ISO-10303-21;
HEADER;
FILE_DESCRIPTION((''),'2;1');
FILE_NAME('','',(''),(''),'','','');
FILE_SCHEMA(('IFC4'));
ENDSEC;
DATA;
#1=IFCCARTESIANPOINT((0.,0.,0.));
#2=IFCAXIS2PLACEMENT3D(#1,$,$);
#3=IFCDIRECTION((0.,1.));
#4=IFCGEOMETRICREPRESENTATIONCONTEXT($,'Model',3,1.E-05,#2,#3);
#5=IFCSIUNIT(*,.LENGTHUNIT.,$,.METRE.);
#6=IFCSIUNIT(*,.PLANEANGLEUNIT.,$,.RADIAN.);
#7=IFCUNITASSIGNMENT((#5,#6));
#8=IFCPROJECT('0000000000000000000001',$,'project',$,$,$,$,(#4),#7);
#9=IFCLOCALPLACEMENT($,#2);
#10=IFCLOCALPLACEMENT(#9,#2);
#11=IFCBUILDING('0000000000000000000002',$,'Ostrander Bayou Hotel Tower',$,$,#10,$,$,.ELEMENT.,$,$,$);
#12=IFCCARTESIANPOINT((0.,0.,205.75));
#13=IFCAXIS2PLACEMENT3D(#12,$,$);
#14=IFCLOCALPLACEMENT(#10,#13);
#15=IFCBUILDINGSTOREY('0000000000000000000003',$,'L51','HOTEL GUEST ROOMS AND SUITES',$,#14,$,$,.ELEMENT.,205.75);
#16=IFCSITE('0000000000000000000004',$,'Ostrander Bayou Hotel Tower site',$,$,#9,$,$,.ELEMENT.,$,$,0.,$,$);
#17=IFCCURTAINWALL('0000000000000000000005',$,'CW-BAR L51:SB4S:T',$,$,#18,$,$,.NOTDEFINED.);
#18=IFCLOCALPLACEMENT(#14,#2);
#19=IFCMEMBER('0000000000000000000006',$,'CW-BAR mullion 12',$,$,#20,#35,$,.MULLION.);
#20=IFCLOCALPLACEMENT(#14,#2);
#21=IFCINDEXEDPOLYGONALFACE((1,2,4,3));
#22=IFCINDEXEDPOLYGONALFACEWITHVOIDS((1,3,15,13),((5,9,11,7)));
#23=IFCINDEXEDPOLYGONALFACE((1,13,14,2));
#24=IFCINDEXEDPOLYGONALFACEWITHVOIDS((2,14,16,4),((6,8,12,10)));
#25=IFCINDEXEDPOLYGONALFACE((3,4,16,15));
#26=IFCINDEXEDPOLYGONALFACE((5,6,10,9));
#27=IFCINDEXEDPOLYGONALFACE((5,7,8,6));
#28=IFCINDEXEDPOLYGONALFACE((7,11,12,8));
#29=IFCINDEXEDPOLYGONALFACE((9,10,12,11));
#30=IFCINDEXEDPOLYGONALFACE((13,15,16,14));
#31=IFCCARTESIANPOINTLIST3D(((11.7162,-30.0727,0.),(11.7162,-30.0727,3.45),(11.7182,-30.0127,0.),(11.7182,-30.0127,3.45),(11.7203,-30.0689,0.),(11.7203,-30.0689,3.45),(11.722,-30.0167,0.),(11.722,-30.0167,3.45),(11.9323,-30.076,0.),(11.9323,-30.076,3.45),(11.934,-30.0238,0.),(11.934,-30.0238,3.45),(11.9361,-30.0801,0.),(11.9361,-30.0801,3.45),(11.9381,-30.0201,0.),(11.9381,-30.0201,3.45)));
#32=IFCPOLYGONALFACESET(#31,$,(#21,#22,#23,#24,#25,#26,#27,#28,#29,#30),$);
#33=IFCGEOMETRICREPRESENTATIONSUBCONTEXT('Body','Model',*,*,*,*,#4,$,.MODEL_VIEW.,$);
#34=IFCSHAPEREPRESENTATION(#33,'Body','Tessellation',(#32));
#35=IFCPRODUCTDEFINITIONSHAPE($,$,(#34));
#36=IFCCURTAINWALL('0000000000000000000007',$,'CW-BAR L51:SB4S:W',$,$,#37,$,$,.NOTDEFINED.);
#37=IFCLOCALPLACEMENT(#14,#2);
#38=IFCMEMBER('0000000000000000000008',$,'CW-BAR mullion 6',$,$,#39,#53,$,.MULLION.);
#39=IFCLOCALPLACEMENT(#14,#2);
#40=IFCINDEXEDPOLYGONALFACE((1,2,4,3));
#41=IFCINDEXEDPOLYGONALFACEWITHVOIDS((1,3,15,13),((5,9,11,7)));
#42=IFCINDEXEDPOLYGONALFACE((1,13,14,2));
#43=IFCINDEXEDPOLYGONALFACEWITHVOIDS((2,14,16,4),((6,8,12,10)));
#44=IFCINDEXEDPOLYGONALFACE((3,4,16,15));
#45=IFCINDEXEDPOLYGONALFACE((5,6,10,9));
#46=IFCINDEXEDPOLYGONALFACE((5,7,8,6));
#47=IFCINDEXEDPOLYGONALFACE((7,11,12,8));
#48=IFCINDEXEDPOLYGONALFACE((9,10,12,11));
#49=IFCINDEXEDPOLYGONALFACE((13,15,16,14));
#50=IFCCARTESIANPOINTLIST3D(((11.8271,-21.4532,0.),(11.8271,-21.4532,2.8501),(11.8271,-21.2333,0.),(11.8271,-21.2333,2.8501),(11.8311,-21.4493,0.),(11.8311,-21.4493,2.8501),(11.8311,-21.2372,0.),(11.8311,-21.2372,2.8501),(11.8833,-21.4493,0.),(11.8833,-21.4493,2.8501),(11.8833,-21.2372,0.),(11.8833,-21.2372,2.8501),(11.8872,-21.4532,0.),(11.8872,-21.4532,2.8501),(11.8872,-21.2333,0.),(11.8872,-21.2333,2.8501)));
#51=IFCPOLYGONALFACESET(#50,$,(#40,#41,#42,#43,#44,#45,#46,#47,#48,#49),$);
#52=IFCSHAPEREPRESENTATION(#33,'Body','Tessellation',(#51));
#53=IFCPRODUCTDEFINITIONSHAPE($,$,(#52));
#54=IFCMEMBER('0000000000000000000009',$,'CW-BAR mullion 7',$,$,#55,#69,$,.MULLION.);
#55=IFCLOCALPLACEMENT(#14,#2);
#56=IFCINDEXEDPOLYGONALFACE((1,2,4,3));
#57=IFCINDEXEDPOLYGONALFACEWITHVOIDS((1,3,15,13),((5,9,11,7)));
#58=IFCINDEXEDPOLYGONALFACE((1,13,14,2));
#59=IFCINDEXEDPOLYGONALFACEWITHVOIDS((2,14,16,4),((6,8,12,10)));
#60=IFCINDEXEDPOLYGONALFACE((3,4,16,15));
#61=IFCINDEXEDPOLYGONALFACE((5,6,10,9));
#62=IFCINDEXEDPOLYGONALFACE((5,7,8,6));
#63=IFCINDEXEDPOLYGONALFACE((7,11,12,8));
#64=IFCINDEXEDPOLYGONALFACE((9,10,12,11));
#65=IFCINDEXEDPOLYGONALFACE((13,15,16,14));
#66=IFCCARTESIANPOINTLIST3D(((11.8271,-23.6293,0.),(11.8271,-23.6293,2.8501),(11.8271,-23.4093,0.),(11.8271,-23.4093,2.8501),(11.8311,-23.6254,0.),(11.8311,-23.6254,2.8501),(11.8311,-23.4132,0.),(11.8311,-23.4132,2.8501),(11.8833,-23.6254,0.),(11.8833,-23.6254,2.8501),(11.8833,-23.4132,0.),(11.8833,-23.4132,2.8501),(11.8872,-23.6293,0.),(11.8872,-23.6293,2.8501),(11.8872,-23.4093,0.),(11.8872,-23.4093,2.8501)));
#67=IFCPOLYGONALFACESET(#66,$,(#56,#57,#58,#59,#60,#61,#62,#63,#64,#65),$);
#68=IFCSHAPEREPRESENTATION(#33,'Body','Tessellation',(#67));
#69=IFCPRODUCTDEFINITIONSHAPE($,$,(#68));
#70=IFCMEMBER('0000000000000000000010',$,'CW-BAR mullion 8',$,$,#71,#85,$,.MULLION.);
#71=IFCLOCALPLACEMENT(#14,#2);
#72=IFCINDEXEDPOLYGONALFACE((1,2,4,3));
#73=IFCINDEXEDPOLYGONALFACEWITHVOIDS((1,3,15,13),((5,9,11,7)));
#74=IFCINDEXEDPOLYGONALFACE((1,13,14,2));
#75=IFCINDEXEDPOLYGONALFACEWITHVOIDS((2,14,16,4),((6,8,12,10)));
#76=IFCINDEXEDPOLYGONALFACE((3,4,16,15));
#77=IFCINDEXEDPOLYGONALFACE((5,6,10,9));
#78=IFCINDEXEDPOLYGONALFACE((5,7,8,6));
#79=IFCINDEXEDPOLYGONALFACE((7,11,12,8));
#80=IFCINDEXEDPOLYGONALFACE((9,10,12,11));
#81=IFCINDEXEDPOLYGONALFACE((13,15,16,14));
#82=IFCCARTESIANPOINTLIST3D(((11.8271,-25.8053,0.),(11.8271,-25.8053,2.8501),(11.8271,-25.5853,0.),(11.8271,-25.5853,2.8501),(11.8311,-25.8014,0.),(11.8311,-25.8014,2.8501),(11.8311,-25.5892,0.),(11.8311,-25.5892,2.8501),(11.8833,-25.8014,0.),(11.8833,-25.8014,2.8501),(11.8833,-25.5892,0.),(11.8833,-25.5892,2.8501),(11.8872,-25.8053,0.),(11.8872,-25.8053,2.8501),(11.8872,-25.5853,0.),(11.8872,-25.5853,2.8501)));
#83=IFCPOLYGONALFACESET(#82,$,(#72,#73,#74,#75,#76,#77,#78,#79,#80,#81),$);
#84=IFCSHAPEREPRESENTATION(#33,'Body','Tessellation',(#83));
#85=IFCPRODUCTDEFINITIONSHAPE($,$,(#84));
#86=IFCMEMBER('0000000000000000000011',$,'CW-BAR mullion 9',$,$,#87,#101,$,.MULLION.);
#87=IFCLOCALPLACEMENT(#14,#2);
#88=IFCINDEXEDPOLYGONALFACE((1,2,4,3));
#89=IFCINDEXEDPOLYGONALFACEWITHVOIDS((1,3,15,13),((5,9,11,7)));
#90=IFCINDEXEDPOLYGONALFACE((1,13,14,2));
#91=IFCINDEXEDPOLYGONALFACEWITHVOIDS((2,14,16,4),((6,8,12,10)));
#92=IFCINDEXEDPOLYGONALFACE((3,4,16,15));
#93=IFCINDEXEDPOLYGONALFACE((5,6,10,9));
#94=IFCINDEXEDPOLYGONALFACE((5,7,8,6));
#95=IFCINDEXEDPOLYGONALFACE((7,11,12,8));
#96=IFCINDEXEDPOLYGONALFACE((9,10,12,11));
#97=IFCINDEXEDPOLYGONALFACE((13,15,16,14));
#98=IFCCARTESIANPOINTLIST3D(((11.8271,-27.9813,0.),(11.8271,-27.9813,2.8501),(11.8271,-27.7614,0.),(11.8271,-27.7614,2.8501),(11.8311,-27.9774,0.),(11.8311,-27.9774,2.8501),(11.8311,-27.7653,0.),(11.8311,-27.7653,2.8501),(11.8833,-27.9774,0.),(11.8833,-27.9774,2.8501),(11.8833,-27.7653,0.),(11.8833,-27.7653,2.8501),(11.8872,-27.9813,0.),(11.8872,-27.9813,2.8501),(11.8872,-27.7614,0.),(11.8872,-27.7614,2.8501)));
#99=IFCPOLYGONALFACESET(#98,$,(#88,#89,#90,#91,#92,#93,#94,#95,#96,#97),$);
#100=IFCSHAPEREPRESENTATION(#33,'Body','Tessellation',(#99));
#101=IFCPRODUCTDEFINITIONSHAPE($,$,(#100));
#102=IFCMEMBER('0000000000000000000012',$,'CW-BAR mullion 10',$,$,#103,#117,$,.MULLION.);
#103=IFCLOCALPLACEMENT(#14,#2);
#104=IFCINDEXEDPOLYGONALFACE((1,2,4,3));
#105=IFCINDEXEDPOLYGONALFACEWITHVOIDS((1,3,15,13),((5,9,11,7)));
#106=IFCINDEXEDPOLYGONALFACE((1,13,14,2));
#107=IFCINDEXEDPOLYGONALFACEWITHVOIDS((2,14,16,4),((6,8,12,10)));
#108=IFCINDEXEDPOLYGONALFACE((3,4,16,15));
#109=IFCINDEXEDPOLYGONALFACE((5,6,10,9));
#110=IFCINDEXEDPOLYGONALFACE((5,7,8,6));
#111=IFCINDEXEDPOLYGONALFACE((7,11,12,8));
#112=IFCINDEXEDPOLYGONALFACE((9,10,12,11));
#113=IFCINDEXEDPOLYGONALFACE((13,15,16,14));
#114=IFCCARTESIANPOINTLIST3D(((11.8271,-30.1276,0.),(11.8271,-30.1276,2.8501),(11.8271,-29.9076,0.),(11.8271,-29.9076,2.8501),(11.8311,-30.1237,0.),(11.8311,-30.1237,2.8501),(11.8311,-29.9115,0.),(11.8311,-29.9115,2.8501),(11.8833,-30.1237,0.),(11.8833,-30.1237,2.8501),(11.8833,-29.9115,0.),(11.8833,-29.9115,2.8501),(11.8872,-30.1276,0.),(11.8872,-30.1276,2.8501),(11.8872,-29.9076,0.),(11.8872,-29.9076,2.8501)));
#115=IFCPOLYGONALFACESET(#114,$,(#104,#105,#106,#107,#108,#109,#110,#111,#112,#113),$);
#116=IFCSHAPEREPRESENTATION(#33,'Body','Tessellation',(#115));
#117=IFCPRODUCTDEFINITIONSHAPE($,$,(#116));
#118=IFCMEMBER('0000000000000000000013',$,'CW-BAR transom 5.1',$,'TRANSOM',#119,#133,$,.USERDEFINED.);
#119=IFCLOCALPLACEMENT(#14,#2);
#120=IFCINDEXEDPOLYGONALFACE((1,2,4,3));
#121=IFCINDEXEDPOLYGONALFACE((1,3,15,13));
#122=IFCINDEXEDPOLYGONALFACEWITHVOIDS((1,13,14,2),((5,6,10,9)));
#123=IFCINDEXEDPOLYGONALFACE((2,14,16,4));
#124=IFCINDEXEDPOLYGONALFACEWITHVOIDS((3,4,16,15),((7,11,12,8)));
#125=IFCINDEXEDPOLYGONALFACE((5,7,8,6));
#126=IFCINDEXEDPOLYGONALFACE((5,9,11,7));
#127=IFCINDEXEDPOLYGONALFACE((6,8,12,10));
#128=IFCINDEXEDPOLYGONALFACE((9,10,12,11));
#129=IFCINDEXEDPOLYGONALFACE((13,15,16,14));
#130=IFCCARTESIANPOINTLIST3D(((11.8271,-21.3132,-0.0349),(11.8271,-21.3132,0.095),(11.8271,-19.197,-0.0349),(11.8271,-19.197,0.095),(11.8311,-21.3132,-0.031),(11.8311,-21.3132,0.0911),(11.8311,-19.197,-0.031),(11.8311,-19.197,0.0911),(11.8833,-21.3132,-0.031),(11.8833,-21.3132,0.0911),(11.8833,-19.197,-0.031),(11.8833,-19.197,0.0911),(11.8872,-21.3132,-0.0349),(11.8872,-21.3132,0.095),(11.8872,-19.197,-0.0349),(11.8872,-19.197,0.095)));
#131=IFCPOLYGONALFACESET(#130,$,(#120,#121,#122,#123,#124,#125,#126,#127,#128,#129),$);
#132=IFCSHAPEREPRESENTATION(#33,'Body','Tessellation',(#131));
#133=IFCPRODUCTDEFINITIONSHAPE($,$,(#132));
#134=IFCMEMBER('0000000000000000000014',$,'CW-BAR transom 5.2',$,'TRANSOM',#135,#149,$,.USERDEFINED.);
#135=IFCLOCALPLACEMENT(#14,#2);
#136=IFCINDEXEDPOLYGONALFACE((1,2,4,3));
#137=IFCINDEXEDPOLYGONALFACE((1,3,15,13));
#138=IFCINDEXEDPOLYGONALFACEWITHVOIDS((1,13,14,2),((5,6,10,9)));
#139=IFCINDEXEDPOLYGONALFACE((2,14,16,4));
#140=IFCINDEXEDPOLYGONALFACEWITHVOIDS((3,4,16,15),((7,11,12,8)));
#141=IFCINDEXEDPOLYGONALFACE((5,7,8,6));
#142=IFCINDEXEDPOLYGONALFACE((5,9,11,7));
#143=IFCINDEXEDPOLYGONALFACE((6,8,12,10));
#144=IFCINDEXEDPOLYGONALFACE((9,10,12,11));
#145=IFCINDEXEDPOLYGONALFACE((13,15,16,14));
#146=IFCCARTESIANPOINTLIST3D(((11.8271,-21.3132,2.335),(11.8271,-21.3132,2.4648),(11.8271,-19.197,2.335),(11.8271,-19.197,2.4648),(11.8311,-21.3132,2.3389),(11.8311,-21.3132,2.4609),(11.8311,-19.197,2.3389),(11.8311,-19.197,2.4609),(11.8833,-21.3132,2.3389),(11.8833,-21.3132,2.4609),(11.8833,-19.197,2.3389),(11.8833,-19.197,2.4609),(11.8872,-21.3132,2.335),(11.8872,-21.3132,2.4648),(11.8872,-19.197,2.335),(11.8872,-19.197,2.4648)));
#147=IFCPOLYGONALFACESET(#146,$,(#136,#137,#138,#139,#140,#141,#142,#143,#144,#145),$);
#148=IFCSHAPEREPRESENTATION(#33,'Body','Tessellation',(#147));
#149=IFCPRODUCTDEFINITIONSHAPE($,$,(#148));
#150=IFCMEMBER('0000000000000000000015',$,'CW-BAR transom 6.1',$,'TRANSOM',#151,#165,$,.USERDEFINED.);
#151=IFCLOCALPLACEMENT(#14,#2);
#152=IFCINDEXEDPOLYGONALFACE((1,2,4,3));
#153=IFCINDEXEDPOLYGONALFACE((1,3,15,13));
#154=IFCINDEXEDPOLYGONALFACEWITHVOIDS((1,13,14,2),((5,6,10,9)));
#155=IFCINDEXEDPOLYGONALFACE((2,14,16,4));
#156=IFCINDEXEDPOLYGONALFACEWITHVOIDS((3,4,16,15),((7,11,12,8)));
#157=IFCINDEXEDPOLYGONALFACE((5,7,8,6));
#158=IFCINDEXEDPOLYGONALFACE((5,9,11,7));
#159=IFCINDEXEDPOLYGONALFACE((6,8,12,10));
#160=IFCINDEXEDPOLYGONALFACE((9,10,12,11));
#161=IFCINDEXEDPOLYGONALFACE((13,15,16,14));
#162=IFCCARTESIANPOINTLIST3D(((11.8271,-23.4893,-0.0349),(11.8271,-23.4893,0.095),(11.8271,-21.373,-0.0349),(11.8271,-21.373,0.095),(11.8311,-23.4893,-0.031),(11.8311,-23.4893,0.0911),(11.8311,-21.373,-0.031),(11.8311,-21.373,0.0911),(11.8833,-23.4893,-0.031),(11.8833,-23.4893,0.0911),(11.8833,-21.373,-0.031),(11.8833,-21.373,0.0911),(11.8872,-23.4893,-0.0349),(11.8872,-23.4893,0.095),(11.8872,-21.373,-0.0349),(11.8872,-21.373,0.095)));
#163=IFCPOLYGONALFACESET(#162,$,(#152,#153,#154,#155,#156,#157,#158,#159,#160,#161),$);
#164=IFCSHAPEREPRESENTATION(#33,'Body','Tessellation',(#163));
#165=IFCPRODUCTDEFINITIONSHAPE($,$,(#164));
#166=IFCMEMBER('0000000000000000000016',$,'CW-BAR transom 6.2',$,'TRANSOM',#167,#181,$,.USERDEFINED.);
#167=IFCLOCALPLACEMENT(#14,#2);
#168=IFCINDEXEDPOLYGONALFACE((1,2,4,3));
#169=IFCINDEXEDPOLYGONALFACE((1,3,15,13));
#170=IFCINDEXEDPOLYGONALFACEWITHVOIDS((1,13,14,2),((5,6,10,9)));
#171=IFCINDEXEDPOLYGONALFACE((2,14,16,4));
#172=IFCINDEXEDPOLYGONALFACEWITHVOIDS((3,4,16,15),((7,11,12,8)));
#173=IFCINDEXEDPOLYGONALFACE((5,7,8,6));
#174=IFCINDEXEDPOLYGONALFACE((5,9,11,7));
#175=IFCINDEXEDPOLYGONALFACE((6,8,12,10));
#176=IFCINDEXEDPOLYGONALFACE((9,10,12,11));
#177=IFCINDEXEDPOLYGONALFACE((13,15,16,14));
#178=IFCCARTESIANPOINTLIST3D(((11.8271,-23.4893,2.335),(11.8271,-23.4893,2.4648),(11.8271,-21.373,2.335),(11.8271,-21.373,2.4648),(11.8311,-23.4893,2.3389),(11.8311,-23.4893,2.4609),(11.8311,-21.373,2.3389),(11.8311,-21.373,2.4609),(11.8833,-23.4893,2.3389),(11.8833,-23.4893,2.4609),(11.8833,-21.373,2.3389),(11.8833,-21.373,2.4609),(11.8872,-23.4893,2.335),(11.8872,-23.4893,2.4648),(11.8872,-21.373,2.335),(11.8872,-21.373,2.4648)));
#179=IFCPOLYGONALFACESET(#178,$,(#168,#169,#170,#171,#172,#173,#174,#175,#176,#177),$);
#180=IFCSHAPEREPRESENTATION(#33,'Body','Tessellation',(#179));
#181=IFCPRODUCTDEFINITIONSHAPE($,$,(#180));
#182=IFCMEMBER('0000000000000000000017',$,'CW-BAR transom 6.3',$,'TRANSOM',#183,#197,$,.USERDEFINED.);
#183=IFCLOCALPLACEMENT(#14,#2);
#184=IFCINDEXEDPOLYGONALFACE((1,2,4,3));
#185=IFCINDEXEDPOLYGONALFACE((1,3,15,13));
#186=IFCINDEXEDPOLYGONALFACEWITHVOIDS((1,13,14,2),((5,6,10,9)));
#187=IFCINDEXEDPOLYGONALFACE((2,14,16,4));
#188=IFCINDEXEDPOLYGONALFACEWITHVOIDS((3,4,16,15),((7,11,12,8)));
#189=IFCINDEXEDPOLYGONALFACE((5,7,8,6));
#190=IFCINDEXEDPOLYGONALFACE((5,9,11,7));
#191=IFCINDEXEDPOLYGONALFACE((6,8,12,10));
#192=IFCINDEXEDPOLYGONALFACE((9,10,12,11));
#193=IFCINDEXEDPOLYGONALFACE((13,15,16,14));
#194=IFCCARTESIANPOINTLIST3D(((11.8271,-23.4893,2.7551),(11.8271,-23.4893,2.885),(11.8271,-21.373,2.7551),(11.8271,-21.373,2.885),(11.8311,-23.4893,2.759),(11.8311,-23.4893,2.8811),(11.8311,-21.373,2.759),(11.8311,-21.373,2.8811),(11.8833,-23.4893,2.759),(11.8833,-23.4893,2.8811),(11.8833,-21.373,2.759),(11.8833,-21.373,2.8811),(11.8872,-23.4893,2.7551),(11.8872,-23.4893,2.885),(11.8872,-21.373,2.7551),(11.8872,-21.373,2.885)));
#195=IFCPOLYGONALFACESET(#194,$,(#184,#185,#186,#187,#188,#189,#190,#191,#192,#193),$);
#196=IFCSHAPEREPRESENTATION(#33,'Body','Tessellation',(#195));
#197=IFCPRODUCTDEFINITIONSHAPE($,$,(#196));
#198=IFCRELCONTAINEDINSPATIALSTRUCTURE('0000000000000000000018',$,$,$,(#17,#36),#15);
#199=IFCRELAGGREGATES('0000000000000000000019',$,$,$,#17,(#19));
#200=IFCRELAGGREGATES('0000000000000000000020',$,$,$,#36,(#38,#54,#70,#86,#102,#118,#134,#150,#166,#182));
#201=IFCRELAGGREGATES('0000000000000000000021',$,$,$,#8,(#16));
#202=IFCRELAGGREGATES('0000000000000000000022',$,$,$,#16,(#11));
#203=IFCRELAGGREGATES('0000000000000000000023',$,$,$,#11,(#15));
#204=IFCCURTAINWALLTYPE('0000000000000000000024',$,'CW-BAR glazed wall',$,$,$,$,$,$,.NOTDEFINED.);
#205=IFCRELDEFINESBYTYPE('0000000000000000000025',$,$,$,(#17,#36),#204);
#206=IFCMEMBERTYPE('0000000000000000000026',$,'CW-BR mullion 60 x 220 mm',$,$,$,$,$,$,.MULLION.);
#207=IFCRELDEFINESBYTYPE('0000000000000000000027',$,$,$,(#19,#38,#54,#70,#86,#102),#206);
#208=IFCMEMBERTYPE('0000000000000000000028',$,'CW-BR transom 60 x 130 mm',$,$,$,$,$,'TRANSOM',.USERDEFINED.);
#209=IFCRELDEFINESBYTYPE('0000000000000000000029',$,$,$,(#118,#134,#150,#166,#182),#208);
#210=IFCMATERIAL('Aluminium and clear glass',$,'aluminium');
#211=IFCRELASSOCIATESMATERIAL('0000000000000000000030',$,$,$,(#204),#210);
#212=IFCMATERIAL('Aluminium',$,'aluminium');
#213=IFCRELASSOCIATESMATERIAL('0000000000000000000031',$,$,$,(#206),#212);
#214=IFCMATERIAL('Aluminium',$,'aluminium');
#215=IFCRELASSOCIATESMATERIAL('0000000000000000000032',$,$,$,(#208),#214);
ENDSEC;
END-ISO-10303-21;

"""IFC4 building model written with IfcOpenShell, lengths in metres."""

from ifc_helpers import new_model, si_unit, direction, frame, origin, origin_2d, place, context, subcontext, project, spatial, hollow_rectangle, extrude, material, material_profile, profile_set, type_object, element, aggregate, save


model = new_model("IFC4")

# Units and contexts
model_context = context("Model", 3, precision=1e-05, world=origin(), true_north=direction((0.0, 1.0)))
body_context = subcontext(model_context, "Body", "Model", "MODEL_VIEW")
ifc_project = project(units=[si_unit("LENGTHUNIT", "METRE"), si_unit("PLANEANGLEUNIT", "RADIAN")], contexts=[model_context])

# Site, building, storey
site_placement = place(None, origin())
site = spatial("IfcSite", under=ifc_project, at=site_placement, Name="Ostrander Bayou Hotel Tower site", CompositionType="ELEMENT", RefElevation=0.0)
building_placement = place(site_placement, origin())
building = spatial("IfcBuilding", under=site, at=building_placement, Name="Ostrander Bayou Hotel Tower", CompositionType="ELEMENT")
storey_placement = place(building_placement, frame((0.0, 0.0, 205.75)))
storey = spatial("IfcBuildingStorey", under=building, at=storey_placement, Name="L51", Description="HOTEL GUEST ROOMS AND SUITES", CompositionType="ELEMENT", Elevation=205.75)

# Curtain wall, member
ifc_material_1 = material(Name="Aluminium and clear glass", Category="aluminium")
curtain_wall_type = type_object("IfcCurtainWallType", Name="CW-BAR glazed wall", PredefinedType="NOTDEFINED", material=ifc_material_1)
curtain_wall_1_placement = place(storey_placement, origin())
curtain_wall_1 = element("IfcCurtainWall", 1, at=curtain_wall_1_placement, inside=storey, type_object=curtain_wall_type, Name="CW-BAR L51:SB4S:T", PredefinedType="NOTDEFINED")
ifc_material_2 = material(Name="Aluminium", Category="aluminium")
ifc_material_profile_1 = material_profile(ifc_material_2, hollow_rectangle(XDim=0.0601, YDim=0.22, WallThickness=0.0039, at=origin_2d()))
ifc_profile_set_1 = profile_set([ifc_material_profile_1], Name="Aluminium")
member_type_1 = type_object("IfcMemberType", Name="CW-BR mullion 60 x 220 mm", PredefinedType="MULLION", material=ifc_profile_set_1)
member_1_placement = place(storey_placement, frame((11.8271, -30.0464, 0.0), z_axis=(0.0, 0.0, 1.0), x_axis=(0.033505, 0.999439, 0.0)))
member_1 = element("IfcMember", 2, at=member_1_placement, type_object=member_type_1, Name="CW-BAR mullion 12", PredefinedType="MULLION", context=body_context, shape_type="SweptSolid", body=[
    extrude(hollow_rectangle(XDim=0.0601, YDim=0.22, WallThickness=0.0039, at=origin_2d()), origin(), (0.0, 0.0, 1.0), 3.45),
])

# Curtain wall, members
curtain_wall_2_placement = place(storey_placement, origin())
curtain_wall_2 = element("IfcCurtainWall", 3, at=curtain_wall_2_placement, inside=storey, type_object=curtain_wall_type, Name="CW-BAR L51:SB4S:W", PredefinedType="NOTDEFINED")
member_2_placement = place(storey_placement, frame((11.8572, -21.3433, 0.0), z_axis=(0.0, 0.0, 1.0), x_axis=(1.0, 0.0, 0.0)))
member_2 = element("IfcMember", 4, at=member_2_placement, type_object=member_type_1, Name="CW-BAR mullion 6", PredefinedType="MULLION", context=body_context, shape_type="SweptSolid", body=[
    extrude(hollow_rectangle(XDim=0.0601, YDim=0.22, WallThickness=0.0039, at=origin_2d()), origin(), (0.0, 0.0, 1.0), 2.8501),
])
member_3_placement = place(storey_placement, frame((11.8572, -23.5193, 0.0), z_axis=(0.0, 0.0, 1.0), x_axis=(1.0, 0.0, 0.0)))
member_3 = element("IfcMember", 5, at=member_3_placement, type_object=member_type_1, Name="CW-BAR mullion 7", PredefinedType="MULLION", context=body_context, shape_type="SweptSolid", body=[
    extrude(hollow_rectangle(XDim=0.0601, YDim=0.22, WallThickness=0.0039, at=origin_2d()), origin(), (0.0, 0.0, 1.0), 2.8501),
])
member_4_placement = place(storey_placement, frame((11.8572, -25.6953, 0.0), z_axis=(0.0, 0.0, 1.0), x_axis=(1.0, 0.0, 0.0)))
member_4 = element("IfcMember", 6, at=member_4_placement, type_object=member_type_1, Name="CW-BAR mullion 8", PredefinedType="MULLION", context=body_context, shape_type="SweptSolid", body=[
    extrude(hollow_rectangle(XDim=0.0601, YDim=0.22, WallThickness=0.0039, at=origin_2d()), origin(), (0.0, 0.0, 1.0), 2.8501),
])
member_5_placement = place(storey_placement, frame((11.8572, -27.8713, 0.0), z_axis=(0.0, 0.0, 1.0), x_axis=(1.0, 0.0, 0.0)))
member_5 = element("IfcMember", 7, at=member_5_placement, type_object=member_type_1, Name="CW-BAR mullion 9", PredefinedType="MULLION", context=body_context, shape_type="SweptSolid", body=[
    extrude(hollow_rectangle(XDim=0.0601, YDim=0.22, WallThickness=0.0039, at=origin_2d()), origin(), (0.0, 0.0, 1.0), 2.8501),
])
member_6_placement = place(storey_placement, frame((11.8572, -30.0176, 0.0), z_axis=(0.0, 0.0, 1.0), x_axis=(1.0, 0.0, 0.0)))
member_6 = element("IfcMember", 8, at=member_6_placement, type_object=member_type_1, Name="CW-BAR mullion 10", PredefinedType="MULLION", context=body_context, shape_type="SweptSolid", body=[
    extrude(hollow_rectangle(XDim=0.0601, YDim=0.22, WallThickness=0.0039, at=origin_2d()), origin(), (0.0, 0.0, 1.0), 2.8501),
])
ifc_material_3 = material(Name="Aluminium", Category="aluminium")
ifc_material_profile_2 = material_profile(ifc_material_3, hollow_rectangle(XDim=0.0601, YDim=0.1299, WallThickness=0.0039, at=origin_2d()))
ifc_profile_set_2 = profile_set([ifc_material_profile_2], Name="Aluminium")
member_type_2 = type_object("IfcMemberType", Name="CW-BR transom 60 x 130 mm", ElementType="TRANSOM", PredefinedType="USERDEFINED", material=ifc_profile_set_2)
member_7_placement = place(storey_placement, frame((11.8572, -19.197, 0.03), z_axis=(0.0, -1.0, 0.0), x_axis=(1.0, 0.0, 0.0)))
member_7 = element("IfcMember", 9, at=member_7_placement, type_object=member_type_2, Name="CW-BAR transom 5.1", ObjectType="TRANSOM", PredefinedType="USERDEFINED", context=body_context, shape_type="SweptSolid", body=[
    extrude(hollow_rectangle(XDim=0.0601, YDim=0.1299, WallThickness=0.0039, at=origin_2d()), origin(), (0.0, 0.0, 1.0), 2.1162),
])
member_8_placement = place(storey_placement, frame((11.8572, -19.197, 2.3999), z_axis=(0.0, -1.0, 0.0), x_axis=(1.0, 0.0, 0.0)))
member_8 = element("IfcMember", 10, at=member_8_placement, type_object=member_type_2, Name="CW-BAR transom 5.2", ObjectType="TRANSOM", PredefinedType="USERDEFINED", context=body_context, shape_type="SweptSolid", body=[
    extrude(hollow_rectangle(XDim=0.0601, YDim=0.1299, WallThickness=0.0039, at=origin_2d()), origin(), (0.0, 0.0, 1.0), 2.1162),
])
member_9_placement = place(storey_placement, frame((11.8572, -21.373, 0.03), z_axis=(0.0, -1.0, 0.0), x_axis=(1.0, 0.0, 0.0)))
member_9 = element("IfcMember", 11, at=member_9_placement, type_object=member_type_2, Name="CW-BAR transom 6.1", ObjectType="TRANSOM", PredefinedType="USERDEFINED", context=body_context, shape_type="SweptSolid", body=[
    extrude(hollow_rectangle(XDim=0.0601, YDim=0.1299, WallThickness=0.0039, at=origin_2d()), origin(), (0.0, 0.0, 1.0), 2.1162),
])
member_10_placement = place(storey_placement, frame((11.8572, -21.373, 2.3999), z_axis=(0.0, -1.0, 0.0), x_axis=(1.0, 0.0, 0.0)))
member_10 = element("IfcMember", 12, at=member_10_placement, type_object=member_type_2, Name="CW-BAR transom 6.2", ObjectType="TRANSOM", PredefinedType="USERDEFINED", context=body_context, shape_type="SweptSolid", body=[
    extrude(hollow_rectangle(XDim=0.0601, YDim=0.1299, WallThickness=0.0039, at=origin_2d()), origin(), (0.0, 0.0, 1.0), 2.1162),
])
member_11_placement = place(storey_placement, frame((11.8572, -21.373, 2.8201), z_axis=(0.0, -1.0, 0.0), x_axis=(1.0, 0.0, 0.0)))
member_11 = element("IfcMember", 13, at=member_11_placement, type_object=member_type_2, Name="CW-BAR transom 6.3", ObjectType="TRANSOM", PredefinedType="USERDEFINED", context=body_context, shape_type="SweptSolid", body=[
    extrude(hollow_rectangle(XDim=0.0601, YDim=0.1299, WallThickness=0.0039, at=origin_2d()), origin(), (0.0, 0.0, 1.0), 2.1162),
])

aggregate(curtain_wall_1, [member_1])
aggregate(curtain_wall_2, [member_2, member_3, member_4, member_5, member_6, member_7, member_8, member_9, member_10, member_11])

save(model, "model.ifc")
